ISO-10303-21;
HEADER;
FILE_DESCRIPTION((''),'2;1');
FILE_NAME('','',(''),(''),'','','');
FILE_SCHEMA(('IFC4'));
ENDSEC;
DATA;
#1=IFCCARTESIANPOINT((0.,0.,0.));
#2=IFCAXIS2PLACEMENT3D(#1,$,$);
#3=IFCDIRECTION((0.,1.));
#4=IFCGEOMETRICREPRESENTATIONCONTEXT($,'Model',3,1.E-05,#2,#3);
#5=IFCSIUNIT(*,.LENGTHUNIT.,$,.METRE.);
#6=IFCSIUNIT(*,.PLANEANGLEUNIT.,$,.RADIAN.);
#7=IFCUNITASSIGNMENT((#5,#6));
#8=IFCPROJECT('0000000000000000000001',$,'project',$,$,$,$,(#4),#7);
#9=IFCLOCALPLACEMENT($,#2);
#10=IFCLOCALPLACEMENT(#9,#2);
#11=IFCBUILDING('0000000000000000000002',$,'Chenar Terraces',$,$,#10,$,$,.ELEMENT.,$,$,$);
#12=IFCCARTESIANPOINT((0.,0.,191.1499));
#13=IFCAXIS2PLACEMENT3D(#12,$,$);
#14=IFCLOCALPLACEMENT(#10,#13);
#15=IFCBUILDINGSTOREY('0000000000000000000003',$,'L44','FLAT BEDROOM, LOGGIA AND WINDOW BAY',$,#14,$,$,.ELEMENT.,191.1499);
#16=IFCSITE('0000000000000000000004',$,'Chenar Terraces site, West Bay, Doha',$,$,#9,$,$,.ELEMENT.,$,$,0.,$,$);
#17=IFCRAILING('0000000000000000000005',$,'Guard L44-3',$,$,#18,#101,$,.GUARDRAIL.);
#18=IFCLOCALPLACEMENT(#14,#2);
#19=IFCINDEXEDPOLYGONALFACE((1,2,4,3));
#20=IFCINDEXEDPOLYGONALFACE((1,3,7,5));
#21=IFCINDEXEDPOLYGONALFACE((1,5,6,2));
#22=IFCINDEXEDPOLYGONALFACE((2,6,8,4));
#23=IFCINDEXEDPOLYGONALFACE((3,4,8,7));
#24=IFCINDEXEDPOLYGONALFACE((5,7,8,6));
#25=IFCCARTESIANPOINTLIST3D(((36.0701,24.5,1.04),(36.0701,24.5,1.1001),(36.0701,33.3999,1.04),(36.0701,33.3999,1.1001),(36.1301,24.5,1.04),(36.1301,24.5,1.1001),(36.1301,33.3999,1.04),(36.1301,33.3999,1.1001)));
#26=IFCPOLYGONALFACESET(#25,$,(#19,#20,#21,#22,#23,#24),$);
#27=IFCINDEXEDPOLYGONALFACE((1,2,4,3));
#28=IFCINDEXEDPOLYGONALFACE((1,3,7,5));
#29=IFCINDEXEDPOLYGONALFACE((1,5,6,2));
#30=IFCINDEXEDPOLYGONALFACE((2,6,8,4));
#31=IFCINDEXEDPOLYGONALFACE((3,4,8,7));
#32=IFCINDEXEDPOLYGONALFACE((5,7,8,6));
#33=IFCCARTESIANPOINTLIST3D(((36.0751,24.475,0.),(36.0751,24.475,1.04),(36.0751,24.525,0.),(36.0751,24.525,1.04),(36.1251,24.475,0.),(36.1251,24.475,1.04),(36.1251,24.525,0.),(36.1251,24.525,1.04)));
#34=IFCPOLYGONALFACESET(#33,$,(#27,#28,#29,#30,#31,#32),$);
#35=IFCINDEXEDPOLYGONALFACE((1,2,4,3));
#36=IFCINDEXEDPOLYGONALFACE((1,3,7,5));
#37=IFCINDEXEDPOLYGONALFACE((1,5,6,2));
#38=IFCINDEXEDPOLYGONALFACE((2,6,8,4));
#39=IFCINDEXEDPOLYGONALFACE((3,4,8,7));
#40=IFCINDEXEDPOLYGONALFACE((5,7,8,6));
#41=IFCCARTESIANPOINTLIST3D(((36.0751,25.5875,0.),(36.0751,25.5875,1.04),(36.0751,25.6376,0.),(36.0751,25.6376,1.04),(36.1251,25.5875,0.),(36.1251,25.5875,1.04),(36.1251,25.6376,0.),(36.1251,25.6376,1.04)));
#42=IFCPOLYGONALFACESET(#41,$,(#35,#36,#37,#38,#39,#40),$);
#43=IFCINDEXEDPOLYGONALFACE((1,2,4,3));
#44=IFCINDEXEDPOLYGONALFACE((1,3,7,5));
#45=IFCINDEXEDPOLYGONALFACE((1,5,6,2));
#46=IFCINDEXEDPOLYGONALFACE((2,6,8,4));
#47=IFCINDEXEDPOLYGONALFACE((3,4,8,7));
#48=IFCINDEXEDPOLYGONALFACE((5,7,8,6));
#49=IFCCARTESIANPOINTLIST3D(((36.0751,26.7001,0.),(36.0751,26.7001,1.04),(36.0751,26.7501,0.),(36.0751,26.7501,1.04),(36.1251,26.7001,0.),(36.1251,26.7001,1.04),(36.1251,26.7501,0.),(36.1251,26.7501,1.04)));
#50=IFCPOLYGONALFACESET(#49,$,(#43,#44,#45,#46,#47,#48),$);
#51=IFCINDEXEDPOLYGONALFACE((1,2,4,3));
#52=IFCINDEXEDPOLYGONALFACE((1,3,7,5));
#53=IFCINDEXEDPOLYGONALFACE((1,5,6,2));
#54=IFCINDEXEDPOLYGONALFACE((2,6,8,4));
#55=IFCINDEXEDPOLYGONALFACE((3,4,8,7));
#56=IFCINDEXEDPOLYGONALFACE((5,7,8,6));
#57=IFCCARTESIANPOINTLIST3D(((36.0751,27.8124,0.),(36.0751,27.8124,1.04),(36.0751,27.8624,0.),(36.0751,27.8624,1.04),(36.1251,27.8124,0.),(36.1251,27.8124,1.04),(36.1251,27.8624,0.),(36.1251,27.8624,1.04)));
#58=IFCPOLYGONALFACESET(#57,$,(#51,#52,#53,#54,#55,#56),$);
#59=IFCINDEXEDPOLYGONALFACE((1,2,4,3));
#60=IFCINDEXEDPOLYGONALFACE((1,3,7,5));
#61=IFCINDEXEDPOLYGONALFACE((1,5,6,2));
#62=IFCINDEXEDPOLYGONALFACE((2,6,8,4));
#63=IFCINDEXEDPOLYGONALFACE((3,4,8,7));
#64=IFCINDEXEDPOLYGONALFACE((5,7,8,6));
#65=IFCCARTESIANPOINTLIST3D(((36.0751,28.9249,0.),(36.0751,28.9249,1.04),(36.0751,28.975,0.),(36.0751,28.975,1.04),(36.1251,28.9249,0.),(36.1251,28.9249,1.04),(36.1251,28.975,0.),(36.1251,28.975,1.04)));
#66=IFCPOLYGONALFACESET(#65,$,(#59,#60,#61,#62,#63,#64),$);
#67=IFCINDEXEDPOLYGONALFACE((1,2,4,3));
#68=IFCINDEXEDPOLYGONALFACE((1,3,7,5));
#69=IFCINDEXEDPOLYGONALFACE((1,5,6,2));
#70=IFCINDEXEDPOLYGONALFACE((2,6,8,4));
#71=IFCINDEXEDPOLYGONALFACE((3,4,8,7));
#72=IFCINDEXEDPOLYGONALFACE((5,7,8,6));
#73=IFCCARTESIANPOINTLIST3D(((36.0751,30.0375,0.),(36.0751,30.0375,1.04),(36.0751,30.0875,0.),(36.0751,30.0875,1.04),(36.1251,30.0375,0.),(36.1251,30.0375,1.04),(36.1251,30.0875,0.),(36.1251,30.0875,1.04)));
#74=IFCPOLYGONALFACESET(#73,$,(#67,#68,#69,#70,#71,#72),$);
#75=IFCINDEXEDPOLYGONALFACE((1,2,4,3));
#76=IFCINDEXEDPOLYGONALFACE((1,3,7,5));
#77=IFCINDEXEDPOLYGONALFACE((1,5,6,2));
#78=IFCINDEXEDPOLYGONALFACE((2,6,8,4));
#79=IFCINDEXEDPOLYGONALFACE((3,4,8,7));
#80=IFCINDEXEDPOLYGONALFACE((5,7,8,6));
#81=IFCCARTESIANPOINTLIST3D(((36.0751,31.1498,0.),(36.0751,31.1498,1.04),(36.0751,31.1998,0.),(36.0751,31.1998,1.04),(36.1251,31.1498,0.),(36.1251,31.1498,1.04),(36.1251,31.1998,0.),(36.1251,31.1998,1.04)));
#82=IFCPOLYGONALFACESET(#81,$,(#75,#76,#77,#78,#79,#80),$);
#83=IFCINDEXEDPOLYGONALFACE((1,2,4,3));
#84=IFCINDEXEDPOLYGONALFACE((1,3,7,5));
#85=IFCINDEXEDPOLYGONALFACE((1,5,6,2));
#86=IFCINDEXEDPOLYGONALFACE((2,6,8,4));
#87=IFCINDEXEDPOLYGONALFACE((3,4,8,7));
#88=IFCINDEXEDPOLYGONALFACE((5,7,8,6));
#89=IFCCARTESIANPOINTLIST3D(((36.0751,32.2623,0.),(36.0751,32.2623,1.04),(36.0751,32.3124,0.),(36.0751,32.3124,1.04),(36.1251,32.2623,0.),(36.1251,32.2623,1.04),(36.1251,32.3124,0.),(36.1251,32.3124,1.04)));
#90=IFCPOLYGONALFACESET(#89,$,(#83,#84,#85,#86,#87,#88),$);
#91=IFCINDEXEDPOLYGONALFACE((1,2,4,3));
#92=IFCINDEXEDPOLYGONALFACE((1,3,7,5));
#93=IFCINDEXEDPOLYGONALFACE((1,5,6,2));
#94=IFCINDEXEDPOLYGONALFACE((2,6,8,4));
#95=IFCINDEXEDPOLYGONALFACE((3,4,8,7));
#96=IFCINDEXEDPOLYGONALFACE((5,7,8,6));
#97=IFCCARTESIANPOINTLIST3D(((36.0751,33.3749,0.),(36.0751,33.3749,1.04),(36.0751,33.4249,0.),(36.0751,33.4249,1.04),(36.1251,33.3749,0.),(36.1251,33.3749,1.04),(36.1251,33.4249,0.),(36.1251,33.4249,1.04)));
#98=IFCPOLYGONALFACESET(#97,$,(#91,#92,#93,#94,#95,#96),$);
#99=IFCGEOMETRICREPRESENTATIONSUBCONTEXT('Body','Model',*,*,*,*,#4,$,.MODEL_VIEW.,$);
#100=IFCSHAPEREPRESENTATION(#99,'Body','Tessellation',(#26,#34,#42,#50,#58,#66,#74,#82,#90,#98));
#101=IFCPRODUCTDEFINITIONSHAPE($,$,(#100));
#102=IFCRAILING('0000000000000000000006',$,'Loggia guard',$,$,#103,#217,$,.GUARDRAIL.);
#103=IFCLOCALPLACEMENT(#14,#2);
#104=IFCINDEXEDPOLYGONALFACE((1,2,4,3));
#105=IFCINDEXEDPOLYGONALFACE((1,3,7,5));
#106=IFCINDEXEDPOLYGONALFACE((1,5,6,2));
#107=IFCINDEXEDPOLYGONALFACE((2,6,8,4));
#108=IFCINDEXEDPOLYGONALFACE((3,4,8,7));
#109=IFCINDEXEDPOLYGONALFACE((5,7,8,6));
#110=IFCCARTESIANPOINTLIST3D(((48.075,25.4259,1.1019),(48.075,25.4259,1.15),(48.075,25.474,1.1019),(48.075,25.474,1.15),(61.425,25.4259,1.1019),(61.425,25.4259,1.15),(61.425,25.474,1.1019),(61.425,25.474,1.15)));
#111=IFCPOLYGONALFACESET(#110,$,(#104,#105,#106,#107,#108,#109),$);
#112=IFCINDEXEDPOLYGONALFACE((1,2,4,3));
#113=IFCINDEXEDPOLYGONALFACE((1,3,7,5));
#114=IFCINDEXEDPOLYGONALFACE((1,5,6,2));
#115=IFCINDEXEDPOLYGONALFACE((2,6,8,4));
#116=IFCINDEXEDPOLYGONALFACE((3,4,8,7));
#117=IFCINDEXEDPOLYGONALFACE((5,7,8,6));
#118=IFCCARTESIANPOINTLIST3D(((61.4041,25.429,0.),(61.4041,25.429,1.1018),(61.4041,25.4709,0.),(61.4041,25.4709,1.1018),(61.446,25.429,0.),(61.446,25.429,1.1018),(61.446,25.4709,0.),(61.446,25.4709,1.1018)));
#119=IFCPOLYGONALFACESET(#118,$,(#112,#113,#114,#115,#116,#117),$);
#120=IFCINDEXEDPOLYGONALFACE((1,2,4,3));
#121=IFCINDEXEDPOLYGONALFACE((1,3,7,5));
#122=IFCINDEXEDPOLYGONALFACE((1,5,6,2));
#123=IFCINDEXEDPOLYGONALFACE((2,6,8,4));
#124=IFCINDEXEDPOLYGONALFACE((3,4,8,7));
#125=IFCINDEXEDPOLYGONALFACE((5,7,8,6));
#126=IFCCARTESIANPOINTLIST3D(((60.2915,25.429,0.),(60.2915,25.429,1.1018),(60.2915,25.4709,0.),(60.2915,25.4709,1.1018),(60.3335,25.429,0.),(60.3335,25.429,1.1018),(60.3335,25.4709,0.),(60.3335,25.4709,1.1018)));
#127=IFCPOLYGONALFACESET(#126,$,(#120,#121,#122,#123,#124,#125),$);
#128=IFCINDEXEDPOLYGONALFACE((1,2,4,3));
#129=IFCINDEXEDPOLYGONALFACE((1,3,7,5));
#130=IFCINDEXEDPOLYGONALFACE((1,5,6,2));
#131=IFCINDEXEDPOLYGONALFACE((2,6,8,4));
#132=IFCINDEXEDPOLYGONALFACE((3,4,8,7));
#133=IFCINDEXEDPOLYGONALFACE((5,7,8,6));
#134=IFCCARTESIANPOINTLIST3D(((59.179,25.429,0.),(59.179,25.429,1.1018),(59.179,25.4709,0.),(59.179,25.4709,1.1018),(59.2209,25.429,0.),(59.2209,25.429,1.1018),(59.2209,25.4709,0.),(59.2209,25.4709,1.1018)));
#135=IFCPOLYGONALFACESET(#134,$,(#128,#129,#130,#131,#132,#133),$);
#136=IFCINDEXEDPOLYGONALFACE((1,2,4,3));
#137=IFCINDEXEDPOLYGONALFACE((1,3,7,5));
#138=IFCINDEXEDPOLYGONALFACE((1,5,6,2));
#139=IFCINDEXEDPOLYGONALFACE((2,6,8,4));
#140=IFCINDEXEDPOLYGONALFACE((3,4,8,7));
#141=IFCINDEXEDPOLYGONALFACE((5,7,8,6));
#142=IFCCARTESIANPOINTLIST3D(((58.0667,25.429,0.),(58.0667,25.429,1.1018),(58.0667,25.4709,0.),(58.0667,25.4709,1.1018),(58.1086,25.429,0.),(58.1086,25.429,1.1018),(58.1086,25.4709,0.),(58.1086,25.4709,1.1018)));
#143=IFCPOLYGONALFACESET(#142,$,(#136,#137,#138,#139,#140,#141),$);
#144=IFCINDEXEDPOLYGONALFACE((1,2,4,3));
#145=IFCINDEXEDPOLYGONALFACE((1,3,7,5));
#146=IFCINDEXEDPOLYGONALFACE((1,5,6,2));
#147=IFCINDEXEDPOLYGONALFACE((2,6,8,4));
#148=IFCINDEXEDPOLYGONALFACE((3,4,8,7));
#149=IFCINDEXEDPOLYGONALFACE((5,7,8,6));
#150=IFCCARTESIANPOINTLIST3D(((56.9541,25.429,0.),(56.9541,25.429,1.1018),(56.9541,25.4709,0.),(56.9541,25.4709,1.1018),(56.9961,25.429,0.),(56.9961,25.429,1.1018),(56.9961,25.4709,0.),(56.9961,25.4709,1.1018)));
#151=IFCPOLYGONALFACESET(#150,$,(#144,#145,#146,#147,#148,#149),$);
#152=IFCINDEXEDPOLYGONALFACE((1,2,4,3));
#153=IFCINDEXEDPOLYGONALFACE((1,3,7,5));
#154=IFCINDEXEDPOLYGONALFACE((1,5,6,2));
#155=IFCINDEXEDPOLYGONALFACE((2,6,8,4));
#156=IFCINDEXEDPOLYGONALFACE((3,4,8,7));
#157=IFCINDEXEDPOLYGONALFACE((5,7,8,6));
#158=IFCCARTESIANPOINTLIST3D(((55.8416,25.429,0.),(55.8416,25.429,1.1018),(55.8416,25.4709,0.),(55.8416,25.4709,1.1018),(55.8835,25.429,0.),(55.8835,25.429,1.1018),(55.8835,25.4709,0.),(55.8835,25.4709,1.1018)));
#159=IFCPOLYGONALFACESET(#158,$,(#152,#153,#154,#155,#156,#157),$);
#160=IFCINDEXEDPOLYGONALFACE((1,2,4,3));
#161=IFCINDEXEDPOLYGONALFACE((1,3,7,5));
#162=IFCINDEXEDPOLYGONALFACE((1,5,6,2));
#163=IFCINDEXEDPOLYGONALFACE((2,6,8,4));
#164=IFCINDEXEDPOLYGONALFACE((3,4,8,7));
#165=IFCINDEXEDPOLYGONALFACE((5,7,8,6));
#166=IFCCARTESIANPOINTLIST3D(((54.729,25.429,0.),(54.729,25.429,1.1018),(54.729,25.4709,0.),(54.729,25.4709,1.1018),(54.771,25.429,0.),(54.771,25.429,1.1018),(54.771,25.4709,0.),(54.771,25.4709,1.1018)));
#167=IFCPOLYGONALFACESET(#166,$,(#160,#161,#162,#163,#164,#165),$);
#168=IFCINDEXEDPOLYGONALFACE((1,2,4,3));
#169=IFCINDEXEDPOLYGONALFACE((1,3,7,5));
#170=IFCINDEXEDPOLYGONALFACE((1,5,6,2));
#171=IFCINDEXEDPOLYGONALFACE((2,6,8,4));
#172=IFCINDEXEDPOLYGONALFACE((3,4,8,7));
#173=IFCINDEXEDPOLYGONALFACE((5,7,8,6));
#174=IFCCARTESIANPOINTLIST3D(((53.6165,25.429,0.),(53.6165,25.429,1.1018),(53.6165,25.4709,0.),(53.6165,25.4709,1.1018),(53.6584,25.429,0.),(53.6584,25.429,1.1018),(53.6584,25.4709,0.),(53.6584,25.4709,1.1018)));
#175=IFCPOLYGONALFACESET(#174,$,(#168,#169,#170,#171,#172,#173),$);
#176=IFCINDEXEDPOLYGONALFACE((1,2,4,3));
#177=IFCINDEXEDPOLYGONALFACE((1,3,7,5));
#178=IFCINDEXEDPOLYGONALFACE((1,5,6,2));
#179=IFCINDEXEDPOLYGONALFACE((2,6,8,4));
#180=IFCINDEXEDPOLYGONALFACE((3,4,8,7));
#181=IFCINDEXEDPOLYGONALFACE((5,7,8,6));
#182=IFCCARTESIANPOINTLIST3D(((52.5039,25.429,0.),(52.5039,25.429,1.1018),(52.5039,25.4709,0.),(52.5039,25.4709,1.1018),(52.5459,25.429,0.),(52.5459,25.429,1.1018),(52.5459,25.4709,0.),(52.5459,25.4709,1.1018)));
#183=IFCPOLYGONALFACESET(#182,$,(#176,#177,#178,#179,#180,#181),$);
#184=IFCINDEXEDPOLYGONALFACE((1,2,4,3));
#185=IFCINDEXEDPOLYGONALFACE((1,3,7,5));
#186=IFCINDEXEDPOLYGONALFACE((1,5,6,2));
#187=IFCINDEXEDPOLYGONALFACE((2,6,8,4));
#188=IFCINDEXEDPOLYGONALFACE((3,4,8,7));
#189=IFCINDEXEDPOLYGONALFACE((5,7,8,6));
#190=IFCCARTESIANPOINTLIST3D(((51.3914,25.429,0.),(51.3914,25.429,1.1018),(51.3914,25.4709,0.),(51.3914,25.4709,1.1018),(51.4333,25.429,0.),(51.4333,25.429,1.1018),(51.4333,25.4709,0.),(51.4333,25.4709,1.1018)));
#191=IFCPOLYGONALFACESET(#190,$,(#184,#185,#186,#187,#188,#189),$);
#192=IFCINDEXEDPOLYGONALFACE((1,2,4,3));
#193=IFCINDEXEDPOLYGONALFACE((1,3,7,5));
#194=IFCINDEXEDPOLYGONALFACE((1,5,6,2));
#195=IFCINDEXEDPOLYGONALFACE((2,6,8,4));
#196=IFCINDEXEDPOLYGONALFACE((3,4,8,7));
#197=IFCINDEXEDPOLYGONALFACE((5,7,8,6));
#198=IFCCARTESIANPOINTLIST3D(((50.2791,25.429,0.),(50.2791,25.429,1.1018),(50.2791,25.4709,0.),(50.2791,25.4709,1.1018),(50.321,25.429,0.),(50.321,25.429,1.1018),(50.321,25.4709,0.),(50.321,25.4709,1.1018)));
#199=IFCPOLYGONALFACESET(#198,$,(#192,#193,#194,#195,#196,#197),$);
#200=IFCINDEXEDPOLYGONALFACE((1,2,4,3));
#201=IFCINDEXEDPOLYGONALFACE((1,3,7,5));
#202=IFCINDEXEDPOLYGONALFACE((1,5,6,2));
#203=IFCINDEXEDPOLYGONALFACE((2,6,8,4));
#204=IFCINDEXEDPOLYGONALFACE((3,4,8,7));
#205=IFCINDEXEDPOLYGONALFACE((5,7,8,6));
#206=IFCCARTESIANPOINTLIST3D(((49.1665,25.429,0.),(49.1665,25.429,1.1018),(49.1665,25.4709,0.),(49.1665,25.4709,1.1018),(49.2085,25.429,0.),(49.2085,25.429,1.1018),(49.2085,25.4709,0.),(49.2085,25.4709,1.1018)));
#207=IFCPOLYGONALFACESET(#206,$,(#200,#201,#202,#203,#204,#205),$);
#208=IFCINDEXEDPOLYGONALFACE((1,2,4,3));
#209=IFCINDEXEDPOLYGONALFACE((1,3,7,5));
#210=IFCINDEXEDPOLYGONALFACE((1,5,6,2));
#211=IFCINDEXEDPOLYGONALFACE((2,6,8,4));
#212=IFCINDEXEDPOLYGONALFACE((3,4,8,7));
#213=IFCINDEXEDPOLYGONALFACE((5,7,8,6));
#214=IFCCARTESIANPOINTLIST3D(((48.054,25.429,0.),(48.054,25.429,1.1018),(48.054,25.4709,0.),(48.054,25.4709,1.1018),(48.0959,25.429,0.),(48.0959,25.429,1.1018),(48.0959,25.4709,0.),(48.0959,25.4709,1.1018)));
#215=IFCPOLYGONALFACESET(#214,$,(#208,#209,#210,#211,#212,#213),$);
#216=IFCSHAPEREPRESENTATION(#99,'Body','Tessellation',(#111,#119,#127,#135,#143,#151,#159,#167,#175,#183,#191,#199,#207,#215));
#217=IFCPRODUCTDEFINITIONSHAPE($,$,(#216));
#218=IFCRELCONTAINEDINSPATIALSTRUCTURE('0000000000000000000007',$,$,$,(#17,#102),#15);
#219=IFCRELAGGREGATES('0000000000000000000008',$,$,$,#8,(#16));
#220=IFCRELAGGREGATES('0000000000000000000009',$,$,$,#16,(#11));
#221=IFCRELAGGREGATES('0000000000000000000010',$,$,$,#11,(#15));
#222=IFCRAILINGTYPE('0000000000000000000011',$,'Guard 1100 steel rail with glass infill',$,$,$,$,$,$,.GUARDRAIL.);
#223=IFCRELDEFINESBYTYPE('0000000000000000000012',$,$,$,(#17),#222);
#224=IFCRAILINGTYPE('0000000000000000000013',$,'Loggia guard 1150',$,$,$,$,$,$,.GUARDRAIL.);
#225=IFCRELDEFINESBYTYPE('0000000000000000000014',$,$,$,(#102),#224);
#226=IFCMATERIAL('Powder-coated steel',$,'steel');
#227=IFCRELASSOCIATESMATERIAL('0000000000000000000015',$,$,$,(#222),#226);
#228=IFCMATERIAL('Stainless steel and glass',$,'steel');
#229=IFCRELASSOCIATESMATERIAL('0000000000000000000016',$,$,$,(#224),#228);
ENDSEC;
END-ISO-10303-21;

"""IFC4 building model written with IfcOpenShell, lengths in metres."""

from ifc_helpers import new_model, si_unit, direction, frame, origin, origin_2d, place, context, subcontext, project, spatial, rectangle, extrude, material, type_object, element, save


model = new_model("IFC4")

# Units and contexts
model_context = context("Model", 3, precision=1e-05, world=origin(), true_north=direction((0.0, 1.0)))
body_context = subcontext(model_context, "Body", "Model", "MODEL_VIEW")
ifc_project = project(units=[si_unit("LENGTHUNIT", "METRE"), si_unit("PLANEANGLEUNIT", "RADIAN")], contexts=[model_context])

# Site, building, storey
site_placement = place(None, origin())
site = spatial("IfcSite", under=ifc_project, at=site_placement, Name="Chenar Terraces site, West Bay, Doha", CompositionType="ELEMENT", RefElevation=0.0)
building_placement = place(site_placement, origin())
building = spatial("IfcBuilding", under=site, at=building_placement, Name="Chenar Terraces", CompositionType="ELEMENT")
storey_placement = place(building_placement, frame((0.0, 0.0, 191.1499)))
storey = spatial("IfcBuildingStorey", under=building, at=storey_placement, Name="L44", Description="FLAT BEDROOM, LOGGIA AND WINDOW BAY", CompositionType="ELEMENT", Elevation=191.1499)

# Railings
ifc_material_1 = material(Name="Powder-coated steel", Category="steel")
railing_type_1 = type_object("IfcRailingType", Name="Guard 1100 steel rail with glass infill", PredefinedType="GUARDRAIL", material=ifc_material_1)
railing_1_placement = place(storey_placement, frame((36.1001, 24.5, 0.0)))
element("IfcRailing", 1, at=railing_1_placement, inside=storey, type_object=railing_type_1, Name="Guard L44-3", PredefinedType="GUARDRAIL", context=body_context, shape_type="SweptSolid", body=[
    extrude(rectangle(XDim=0.0601, YDim=0.0601, at=origin_2d()), frame((0.0, 0.0, 1.0701), z_axis=(0.0, 1.0, 0.0), x_axis=(-1.0, 0.0, 0.0)), (0.0, 0.0, 1.0), 8.8999),
    extrude(rectangle(XDim=0.05, YDim=0.05, at=origin_2d()), origin(), (0.0, 0.0, 1.0), 1.04),
    extrude(rectangle(XDim=0.05, YDim=0.05, at=origin_2d()), frame((0.0, 1.1125, 0.0)), (0.0, 0.0, 1.0), 1.04),
    extrude(rectangle(XDim=0.05, YDim=0.05, at=origin_2d()), frame((0.0, 2.2251, 0.0)), (0.0, 0.0, 1.0), 1.04),
    extrude(rectangle(XDim=0.05, YDim=0.05, at=origin_2d()), frame((0.0, 3.3374, 0.0)), (0.0, 0.0, 1.0), 1.04),
    extrude(rectangle(XDim=0.05, YDim=0.05, at=origin_2d()), frame((0.0, 4.45, 0.0)), (0.0, 0.0, 1.0), 1.04),
    extrude(rectangle(XDim=0.05, YDim=0.05, at=origin_2d()), frame((0.0, 5.5625, 0.0)), (0.0, 0.0, 1.0), 1.04),
    extrude(rectangle(XDim=0.05, YDim=0.05, at=origin_2d()), frame((0.0, 6.6748, 0.0)), (0.0, 0.0, 1.0), 1.04),
    extrude(rectangle(XDim=0.05, YDim=0.05, at=origin_2d()), frame((0.0, 7.7874, 0.0)), (0.0, 0.0, 1.0), 1.04),
    extrude(rectangle(XDim=0.05, YDim=0.05, at=origin_2d()), frame((0.0, 8.8999, 0.0)), (0.0, 0.0, 1.0), 1.04),
])
ifc_material_2 = material(Name="Stainless steel and glass", Category="steel")
railing_type_2 = type_object("IfcRailingType", Name="Loggia guard 1150", PredefinedType="GUARDRAIL", material=ifc_material_2)
railing_2_placement = place(storey_placement, frame((61.425, 25.45, 0.0)))
element("IfcRailing", 2, at=railing_2_placement, inside=storey, type_object=railing_type_2, Name="Loggia guard", PredefinedType="GUARDRAIL", context=body_context, shape_type="SweptSolid", body=[
    extrude(rectangle(XDim=0.0481, YDim=0.0481, at=origin_2d()), frame((0.0, 0.0, 1.126), z_axis=(-1.0, 0.0, 0.0), x_axis=(0.0, -1.0, 0.0)), (0.0, 0.0, 1.0), 13.3501),
    extrude(rectangle(XDim=0.042, YDim=0.042, at=origin_2d()), origin(), (0.0, 0.0, 1.0), 1.1018),
    extrude(rectangle(XDim=0.042, YDim=0.042, at=origin_2d()), frame((-1.1125, 0.0, 0.0)), (0.0, 0.0, 1.0), 1.1018),
    extrude(rectangle(XDim=0.042, YDim=0.042, at=origin_2d()), frame((-2.2251, 0.0, 0.0)), (0.0, 0.0, 1.0), 1.1018),
    extrude(rectangle(XDim=0.042, YDim=0.042, at=origin_2d()), frame((-3.3374, 0.0, 0.0)), (0.0, 0.0, 1.0), 1.1018),
    extrude(rectangle(XDim=0.042, YDim=0.042, at=origin_2d()), frame((-4.45, 0.0, 0.0)), (0.0, 0.0, 1.0), 1.1018),
    extrude(rectangle(XDim=0.042, YDim=0.042, at=origin_2d()), frame((-5.5625, 0.0, 0.0)), (0.0, 0.0, 1.0), 1.1018),
    extrude(rectangle(XDim=0.042, YDim=0.042, at=origin_2d()), frame((-6.675, 0.0, 0.0)), (0.0, 0.0, 1.0), 1.1018),
    extrude(rectangle(XDim=0.042, YDim=0.042, at=origin_2d()), frame((-7.7876, 0.0, 0.0)), (0.0, 0.0, 1.0), 1.1018),
    extrude(rectangle(XDim=0.042, YDim=0.042, at=origin_2d()), frame((-8.9001, 0.0, 0.0)), (0.0, 0.0, 1.0), 1.1018),
    extrude(rectangle(XDim=0.042, YDim=0.042, at=origin_2d()), frame((-10.0127, 0.0, 0.0)), (0.0, 0.0, 1.0), 1.1018),
    extrude(rectangle(XDim=0.042, YDim=0.042, at=origin_2d()), frame((-11.125, 0.0, 0.0)), (0.0, 0.0, 1.0), 1.1018),
    extrude(rectangle(XDim=0.042, YDim=0.042, at=origin_2d()), frame((-12.2375, 0.0, 0.0)), (0.0, 0.0, 1.0), 1.1018),
    extrude(rectangle(XDim=0.042, YDim=0.042, at=origin_2d()), frame((-13.3501, 0.0, 0.0)), (0.0, 0.0, 1.0), 1.1018),
])

save(model, "model.ifc")
